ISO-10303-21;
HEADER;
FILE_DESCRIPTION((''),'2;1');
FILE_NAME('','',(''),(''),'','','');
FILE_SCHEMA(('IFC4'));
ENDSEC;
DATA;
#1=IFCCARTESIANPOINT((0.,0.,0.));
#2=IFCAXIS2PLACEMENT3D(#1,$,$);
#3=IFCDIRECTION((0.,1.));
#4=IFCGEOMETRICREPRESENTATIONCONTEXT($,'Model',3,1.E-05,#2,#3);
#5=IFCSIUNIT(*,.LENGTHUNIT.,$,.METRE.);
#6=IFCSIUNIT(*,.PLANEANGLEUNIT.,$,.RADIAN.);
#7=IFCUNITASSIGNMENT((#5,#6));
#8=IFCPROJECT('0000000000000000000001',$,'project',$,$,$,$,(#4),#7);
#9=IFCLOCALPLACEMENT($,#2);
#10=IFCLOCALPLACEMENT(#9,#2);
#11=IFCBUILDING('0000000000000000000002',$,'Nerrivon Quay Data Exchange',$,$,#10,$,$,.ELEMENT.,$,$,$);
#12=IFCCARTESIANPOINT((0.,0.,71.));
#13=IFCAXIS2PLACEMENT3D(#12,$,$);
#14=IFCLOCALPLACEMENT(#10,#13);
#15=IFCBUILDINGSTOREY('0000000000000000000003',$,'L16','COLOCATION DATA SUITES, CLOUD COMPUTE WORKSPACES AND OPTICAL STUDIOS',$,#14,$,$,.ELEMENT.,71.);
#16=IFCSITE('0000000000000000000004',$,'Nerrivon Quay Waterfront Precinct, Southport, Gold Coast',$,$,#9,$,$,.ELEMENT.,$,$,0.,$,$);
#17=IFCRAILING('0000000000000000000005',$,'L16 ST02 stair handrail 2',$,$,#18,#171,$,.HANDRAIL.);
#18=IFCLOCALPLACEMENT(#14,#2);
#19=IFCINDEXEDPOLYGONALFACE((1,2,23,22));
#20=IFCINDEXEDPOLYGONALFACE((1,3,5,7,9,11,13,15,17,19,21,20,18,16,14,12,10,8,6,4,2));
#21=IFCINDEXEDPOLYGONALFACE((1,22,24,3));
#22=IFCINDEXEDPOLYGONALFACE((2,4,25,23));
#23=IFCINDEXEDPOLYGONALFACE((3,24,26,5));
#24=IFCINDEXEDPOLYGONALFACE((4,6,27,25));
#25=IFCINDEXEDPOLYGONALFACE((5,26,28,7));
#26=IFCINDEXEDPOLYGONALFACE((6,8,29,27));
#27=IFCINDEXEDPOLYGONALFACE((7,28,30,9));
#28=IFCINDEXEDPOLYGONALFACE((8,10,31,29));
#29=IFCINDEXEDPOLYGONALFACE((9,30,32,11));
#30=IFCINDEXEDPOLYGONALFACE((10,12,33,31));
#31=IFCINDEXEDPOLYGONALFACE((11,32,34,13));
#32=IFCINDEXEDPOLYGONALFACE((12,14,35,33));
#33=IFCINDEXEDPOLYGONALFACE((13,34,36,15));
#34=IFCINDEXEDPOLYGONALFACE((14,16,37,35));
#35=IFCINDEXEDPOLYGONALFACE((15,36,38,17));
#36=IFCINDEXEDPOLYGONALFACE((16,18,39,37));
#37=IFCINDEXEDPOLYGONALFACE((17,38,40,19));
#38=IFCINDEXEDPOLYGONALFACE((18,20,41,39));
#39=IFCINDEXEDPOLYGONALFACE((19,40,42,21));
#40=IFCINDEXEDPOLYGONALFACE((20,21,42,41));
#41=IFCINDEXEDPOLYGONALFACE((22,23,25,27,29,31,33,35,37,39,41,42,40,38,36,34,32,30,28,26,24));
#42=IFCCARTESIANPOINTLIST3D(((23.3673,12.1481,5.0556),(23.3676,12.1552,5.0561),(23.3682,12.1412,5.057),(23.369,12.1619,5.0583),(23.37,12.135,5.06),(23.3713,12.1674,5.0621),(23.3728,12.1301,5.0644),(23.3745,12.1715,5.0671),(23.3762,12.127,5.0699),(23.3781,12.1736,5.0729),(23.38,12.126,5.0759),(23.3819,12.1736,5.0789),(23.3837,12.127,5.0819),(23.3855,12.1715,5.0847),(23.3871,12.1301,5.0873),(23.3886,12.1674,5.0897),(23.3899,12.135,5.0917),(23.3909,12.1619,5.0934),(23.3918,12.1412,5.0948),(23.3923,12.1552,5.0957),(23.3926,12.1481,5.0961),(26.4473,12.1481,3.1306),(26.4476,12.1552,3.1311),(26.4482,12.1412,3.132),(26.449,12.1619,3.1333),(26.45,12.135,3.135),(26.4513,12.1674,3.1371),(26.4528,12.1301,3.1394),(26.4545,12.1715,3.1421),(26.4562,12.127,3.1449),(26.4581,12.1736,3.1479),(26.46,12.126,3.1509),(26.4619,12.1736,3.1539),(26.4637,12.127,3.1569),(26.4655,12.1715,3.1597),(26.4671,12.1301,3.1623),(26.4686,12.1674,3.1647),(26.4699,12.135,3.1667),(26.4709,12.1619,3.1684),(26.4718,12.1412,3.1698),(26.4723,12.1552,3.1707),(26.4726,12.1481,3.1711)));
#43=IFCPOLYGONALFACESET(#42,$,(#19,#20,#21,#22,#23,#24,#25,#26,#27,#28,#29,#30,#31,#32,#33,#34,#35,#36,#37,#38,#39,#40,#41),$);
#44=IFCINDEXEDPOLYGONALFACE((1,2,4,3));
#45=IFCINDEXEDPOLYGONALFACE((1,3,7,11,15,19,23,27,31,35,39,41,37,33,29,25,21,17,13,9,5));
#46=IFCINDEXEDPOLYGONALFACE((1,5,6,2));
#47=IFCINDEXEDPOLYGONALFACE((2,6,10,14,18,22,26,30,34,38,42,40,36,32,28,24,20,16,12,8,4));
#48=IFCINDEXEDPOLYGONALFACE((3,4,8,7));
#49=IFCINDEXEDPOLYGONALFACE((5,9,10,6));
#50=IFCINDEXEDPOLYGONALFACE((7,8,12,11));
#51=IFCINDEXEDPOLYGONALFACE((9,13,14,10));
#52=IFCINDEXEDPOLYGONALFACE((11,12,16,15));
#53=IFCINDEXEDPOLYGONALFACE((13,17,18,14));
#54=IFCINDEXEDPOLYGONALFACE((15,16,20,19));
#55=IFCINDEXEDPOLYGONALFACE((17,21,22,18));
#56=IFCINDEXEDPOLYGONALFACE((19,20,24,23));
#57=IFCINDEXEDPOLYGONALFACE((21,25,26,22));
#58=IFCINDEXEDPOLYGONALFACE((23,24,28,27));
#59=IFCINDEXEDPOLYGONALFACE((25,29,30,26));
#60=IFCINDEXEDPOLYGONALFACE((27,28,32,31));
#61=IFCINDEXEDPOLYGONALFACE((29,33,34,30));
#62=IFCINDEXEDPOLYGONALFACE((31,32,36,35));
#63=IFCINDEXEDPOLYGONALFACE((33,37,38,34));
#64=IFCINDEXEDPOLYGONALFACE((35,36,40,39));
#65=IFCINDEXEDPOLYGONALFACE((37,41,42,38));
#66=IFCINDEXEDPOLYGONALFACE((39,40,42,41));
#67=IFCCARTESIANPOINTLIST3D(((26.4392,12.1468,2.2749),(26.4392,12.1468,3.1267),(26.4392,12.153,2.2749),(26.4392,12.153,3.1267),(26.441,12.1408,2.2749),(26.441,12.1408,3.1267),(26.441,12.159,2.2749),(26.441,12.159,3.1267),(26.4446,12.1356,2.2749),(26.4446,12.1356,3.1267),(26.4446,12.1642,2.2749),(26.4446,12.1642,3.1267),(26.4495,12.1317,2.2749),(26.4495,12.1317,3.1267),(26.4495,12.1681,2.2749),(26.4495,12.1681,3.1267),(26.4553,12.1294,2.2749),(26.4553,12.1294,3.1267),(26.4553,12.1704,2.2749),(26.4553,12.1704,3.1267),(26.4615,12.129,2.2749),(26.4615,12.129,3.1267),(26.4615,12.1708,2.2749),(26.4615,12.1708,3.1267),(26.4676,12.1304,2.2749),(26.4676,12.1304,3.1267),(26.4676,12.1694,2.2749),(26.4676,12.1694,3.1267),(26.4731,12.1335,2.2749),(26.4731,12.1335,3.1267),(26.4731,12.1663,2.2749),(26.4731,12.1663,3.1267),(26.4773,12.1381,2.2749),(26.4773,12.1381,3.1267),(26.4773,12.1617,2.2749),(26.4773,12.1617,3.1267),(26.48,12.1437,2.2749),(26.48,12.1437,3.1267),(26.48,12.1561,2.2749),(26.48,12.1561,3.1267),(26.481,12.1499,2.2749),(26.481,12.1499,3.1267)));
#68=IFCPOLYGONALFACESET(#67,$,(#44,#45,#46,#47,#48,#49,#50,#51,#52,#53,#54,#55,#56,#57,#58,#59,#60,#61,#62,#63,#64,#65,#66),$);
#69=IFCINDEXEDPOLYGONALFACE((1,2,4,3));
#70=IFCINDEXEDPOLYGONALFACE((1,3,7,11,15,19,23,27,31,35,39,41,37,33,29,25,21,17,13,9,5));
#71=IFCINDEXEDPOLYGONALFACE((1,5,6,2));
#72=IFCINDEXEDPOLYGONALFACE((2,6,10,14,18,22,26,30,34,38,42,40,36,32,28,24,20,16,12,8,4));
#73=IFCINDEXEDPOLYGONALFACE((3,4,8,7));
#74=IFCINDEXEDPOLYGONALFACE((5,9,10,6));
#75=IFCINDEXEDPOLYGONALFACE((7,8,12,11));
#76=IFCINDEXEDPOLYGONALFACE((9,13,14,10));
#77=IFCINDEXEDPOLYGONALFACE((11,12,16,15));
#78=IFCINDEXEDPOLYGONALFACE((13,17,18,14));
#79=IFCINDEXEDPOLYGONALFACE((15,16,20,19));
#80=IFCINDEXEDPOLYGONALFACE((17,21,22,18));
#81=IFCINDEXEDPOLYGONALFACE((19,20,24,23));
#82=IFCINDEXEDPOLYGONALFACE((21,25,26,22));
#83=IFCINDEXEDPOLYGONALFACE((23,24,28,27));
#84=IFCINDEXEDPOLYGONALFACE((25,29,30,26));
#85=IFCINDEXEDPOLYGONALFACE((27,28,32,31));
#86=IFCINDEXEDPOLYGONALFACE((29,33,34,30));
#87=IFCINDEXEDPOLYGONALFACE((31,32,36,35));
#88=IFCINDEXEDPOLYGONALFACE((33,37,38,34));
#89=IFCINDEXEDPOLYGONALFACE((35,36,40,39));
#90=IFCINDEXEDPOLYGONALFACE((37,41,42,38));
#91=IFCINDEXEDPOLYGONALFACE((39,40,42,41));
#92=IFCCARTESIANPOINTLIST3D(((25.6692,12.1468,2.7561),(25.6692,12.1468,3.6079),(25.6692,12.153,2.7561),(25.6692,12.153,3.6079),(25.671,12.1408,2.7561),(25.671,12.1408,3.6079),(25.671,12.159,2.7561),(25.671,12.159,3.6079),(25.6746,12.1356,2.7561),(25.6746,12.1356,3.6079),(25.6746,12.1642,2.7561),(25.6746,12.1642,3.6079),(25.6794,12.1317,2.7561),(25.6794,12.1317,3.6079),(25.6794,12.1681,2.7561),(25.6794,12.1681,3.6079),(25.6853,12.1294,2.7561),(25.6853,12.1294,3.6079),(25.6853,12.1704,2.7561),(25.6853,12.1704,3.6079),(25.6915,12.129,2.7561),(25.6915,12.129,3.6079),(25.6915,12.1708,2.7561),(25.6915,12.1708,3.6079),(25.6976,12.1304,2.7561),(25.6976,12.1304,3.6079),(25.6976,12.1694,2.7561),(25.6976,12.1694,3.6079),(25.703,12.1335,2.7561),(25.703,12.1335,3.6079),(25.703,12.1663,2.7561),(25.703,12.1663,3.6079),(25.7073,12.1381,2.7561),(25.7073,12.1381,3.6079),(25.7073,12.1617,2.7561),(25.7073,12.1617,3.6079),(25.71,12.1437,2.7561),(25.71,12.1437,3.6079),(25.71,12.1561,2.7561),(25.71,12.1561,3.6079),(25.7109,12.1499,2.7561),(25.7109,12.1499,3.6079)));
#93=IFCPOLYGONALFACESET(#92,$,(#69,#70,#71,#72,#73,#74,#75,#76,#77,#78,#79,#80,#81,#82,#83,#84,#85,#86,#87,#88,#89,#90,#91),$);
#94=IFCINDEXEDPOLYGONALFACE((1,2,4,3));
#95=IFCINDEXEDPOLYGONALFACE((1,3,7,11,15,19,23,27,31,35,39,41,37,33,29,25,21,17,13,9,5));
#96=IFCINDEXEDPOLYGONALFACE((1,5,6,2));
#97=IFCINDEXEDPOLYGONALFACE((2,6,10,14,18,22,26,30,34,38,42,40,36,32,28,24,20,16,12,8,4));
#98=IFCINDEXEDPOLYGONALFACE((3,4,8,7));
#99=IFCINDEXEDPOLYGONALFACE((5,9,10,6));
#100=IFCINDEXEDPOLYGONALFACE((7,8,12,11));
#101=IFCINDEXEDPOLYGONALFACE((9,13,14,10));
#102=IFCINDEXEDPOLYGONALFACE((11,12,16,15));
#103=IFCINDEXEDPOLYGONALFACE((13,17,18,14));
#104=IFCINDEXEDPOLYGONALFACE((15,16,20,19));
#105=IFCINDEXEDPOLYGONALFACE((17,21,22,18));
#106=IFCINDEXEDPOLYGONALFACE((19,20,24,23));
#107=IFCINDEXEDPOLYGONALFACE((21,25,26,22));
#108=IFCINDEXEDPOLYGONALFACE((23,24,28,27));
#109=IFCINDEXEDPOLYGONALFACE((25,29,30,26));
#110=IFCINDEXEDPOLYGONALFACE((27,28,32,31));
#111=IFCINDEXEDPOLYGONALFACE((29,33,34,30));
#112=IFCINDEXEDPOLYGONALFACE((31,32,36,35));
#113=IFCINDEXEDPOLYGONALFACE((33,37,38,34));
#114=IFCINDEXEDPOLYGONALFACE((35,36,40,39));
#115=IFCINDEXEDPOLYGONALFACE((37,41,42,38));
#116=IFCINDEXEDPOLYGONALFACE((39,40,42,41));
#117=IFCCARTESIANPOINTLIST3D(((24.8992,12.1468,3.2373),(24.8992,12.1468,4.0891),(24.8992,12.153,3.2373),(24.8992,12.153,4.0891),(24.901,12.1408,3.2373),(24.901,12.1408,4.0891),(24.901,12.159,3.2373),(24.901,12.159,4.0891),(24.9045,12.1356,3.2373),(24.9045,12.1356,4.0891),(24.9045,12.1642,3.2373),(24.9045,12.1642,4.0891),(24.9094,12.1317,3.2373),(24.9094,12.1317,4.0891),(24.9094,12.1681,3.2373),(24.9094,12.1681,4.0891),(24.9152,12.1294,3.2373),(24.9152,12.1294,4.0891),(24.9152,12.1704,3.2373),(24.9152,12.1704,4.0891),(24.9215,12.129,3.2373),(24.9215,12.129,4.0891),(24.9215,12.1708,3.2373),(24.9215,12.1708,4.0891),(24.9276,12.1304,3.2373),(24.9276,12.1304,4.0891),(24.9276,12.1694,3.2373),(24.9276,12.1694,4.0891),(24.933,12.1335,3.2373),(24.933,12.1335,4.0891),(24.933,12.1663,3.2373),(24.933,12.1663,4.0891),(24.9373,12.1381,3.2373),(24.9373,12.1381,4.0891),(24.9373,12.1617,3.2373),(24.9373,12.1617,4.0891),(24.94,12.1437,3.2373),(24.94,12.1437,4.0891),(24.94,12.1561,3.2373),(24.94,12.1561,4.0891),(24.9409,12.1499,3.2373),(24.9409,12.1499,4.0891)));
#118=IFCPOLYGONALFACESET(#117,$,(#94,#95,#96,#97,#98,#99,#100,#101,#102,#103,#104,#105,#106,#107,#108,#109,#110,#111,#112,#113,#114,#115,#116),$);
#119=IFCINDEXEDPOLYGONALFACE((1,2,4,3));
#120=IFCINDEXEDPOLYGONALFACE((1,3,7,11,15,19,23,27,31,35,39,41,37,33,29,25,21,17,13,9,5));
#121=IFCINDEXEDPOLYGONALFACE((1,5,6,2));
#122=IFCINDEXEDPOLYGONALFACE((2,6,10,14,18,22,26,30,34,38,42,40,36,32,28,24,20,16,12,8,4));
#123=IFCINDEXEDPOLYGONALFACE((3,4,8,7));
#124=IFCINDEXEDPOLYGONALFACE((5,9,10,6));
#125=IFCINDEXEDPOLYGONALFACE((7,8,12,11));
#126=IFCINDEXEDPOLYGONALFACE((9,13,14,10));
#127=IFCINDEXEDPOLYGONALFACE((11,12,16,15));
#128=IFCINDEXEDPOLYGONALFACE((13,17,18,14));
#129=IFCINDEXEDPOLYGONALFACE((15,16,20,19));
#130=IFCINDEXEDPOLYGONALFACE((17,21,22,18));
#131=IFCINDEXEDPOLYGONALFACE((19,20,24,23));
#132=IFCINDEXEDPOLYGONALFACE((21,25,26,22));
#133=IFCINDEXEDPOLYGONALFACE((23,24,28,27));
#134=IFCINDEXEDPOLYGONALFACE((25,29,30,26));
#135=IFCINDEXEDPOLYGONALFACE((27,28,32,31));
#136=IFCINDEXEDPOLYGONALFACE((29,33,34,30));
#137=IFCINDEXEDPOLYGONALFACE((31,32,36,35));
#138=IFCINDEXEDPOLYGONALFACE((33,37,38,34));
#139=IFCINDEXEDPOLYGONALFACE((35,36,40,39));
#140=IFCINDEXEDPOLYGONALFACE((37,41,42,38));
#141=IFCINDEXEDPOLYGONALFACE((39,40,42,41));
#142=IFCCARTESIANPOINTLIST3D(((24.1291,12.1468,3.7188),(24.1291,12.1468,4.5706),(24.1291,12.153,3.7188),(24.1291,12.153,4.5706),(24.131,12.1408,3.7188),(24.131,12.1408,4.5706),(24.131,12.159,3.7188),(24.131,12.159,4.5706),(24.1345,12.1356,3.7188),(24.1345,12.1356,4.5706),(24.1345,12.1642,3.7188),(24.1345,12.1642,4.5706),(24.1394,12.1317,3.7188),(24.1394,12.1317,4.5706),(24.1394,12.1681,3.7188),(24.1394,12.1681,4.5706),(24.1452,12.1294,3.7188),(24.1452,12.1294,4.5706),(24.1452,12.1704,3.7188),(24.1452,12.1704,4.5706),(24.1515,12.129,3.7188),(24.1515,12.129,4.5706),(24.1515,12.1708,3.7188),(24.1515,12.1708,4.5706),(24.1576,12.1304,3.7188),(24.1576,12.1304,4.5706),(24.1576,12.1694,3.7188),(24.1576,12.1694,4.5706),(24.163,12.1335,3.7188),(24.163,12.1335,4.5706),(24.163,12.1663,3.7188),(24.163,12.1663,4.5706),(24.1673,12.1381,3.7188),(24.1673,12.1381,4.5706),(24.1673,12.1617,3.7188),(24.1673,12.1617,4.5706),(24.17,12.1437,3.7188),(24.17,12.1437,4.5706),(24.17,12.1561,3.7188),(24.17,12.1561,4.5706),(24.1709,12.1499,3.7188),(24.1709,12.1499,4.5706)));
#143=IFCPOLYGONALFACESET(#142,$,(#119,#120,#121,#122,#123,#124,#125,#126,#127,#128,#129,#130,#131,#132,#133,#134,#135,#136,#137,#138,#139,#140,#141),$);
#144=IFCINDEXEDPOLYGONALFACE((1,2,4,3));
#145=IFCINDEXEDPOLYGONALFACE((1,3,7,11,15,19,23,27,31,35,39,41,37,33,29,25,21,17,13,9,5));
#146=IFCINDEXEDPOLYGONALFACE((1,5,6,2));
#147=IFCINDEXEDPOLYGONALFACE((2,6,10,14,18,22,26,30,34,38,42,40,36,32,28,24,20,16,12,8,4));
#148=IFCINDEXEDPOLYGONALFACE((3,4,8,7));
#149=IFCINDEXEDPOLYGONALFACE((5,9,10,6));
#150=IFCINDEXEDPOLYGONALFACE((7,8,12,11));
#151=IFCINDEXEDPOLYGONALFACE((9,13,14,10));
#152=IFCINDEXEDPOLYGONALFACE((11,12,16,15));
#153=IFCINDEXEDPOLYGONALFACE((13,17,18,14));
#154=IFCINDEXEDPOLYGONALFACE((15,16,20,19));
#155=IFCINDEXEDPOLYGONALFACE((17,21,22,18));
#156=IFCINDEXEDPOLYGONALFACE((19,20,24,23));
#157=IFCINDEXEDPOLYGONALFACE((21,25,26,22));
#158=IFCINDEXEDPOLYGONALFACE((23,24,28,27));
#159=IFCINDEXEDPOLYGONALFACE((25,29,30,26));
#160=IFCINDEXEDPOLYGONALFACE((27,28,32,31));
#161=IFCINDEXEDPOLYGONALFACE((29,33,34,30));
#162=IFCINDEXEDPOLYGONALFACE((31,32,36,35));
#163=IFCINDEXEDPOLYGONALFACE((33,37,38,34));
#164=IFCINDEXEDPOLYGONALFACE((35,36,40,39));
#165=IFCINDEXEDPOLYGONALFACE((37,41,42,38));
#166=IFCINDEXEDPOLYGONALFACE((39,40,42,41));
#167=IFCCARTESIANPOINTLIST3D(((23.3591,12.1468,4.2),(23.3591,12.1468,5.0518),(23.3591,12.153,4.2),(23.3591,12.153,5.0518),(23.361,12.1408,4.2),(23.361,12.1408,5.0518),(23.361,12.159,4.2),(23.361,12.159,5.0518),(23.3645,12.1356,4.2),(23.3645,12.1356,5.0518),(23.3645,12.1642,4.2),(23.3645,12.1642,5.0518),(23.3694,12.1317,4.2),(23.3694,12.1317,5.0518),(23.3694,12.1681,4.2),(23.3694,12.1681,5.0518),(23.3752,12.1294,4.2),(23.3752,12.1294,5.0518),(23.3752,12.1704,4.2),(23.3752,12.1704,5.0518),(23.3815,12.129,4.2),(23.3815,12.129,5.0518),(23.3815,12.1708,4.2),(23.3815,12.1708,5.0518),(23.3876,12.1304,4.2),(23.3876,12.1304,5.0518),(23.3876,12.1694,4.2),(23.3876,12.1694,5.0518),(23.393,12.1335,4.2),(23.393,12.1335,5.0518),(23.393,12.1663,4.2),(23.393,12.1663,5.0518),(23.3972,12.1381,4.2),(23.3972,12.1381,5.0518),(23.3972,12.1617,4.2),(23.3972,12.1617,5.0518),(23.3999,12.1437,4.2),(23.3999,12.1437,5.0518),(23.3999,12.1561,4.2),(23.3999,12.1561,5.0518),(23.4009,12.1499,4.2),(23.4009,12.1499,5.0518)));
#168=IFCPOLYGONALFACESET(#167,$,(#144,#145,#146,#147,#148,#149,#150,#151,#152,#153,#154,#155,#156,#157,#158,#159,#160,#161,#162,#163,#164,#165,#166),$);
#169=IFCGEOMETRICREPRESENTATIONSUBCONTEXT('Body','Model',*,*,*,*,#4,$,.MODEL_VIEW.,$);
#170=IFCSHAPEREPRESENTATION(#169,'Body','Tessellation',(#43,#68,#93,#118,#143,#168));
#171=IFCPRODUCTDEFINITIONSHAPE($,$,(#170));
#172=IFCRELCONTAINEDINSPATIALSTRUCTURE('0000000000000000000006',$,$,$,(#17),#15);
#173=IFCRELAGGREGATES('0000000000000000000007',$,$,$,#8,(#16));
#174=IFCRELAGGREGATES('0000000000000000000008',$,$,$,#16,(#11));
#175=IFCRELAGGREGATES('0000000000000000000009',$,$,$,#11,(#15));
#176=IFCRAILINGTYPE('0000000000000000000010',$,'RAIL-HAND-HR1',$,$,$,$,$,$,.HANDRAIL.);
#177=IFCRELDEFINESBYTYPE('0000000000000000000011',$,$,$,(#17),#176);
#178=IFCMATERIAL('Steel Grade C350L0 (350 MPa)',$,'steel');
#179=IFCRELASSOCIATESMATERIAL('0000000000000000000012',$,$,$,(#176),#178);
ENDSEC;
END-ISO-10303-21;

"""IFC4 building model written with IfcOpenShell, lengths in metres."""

from ifc_helpers import new_model, si_unit, direction, frame, origin, origin_2d, place, context, subcontext, project, spatial, circle, extrude, material, type_object, element, save


model = new_model("IFC4")

# Units and contexts
model_context = context("Model", 3, precision=1e-05, world=origin(), true_north=direction((0.0, 1.0)))
body_context = subcontext(model_context, "Body", "Model", "MODEL_VIEW")
ifc_project = project(units=[si_unit("LENGTHUNIT", "METRE"), si_unit("PLANEANGLEUNIT", "RADIAN")], contexts=[model_context])

# Site, building, storey
site_placement = place(None, origin())
site = spatial("IfcSite", under=ifc_project, at=site_placement, Name="Nerrivon Quay Waterfront Precinct, Southport, Gold Coast", CompositionType="ELEMENT", RefElevation=0.0)
building_placement = place(site_placement, origin())
building = spatial("IfcBuilding", under=site, at=building_placement, Name="Nerrivon Quay Data Exchange", CompositionType="ELEMENT")
storey_placement = place(building_placement, frame((0.0, 0.0, 71.0)))
storey = spatial("IfcBuildingStorey", under=building, at=storey_placement, Name="L16", Description="COLOCATION DATA SUITES, CLOUD COMPUTE WORKSPACES AND OPTICAL STUDIOS", CompositionType="ELEMENT", Elevation=71.0)

# Railing
ifc_material_1 = material(Name="Steel Grade C350L0 (350 MPa)", Category="steel")
railing_type_1 = type_object("IfcRailingType", Name="RAIL-HAND-HR1", PredefinedType="HANDRAIL", material=ifc_material_1)
railing_1_placement = place(storey_placement, frame((26.46, 12.1499, 2.2749)))
element("IfcRailing", 1, at=railing_1_placement, inside=storey, type_object=railing_type_1, Name="L16 ST02 stair handrail 2", PredefinedType="HANDRAIL", context=body_context, shape_type="SweptSolid", body=[
    extrude(circle(Radius=0.0239, at=origin_2d()), frame((0.0, 0.0, 0.876), z_axis=(-0.847998, 0.0, 0.529999), x_axis=(0.0, -1.0, 0.0)), (0.0, 0.0, 1.0), 3.6321),
    extrude(circle(Radius=0.021, at=origin_2d()), origin(), (0.0, 0.0, 1.0), 0.8518),
    extrude(circle(Radius=0.021, at=origin_2d()), frame((-0.77, 0.0, 0.4812)), (0.0, 0.0, 1.0), 0.8518),
    extrude(circle(Radius=0.021, at=origin_2d()), frame((-1.54, 0.0, 0.9624)), (0.0, 0.0, 1.0), 0.8518),
    extrude(circle(Radius=0.021, at=origin_2d()), frame((-2.3101, 0.0, 1.4438)), (0.0, 0.0, 1.0), 0.8518),
    extrude(circle(Radius=0.021, at=origin_2d()), frame((-3.0801, 0.0, 1.925)), (0.0, 0.0, 1.0), 0.8518),
])

save(model, "model.ifc")
